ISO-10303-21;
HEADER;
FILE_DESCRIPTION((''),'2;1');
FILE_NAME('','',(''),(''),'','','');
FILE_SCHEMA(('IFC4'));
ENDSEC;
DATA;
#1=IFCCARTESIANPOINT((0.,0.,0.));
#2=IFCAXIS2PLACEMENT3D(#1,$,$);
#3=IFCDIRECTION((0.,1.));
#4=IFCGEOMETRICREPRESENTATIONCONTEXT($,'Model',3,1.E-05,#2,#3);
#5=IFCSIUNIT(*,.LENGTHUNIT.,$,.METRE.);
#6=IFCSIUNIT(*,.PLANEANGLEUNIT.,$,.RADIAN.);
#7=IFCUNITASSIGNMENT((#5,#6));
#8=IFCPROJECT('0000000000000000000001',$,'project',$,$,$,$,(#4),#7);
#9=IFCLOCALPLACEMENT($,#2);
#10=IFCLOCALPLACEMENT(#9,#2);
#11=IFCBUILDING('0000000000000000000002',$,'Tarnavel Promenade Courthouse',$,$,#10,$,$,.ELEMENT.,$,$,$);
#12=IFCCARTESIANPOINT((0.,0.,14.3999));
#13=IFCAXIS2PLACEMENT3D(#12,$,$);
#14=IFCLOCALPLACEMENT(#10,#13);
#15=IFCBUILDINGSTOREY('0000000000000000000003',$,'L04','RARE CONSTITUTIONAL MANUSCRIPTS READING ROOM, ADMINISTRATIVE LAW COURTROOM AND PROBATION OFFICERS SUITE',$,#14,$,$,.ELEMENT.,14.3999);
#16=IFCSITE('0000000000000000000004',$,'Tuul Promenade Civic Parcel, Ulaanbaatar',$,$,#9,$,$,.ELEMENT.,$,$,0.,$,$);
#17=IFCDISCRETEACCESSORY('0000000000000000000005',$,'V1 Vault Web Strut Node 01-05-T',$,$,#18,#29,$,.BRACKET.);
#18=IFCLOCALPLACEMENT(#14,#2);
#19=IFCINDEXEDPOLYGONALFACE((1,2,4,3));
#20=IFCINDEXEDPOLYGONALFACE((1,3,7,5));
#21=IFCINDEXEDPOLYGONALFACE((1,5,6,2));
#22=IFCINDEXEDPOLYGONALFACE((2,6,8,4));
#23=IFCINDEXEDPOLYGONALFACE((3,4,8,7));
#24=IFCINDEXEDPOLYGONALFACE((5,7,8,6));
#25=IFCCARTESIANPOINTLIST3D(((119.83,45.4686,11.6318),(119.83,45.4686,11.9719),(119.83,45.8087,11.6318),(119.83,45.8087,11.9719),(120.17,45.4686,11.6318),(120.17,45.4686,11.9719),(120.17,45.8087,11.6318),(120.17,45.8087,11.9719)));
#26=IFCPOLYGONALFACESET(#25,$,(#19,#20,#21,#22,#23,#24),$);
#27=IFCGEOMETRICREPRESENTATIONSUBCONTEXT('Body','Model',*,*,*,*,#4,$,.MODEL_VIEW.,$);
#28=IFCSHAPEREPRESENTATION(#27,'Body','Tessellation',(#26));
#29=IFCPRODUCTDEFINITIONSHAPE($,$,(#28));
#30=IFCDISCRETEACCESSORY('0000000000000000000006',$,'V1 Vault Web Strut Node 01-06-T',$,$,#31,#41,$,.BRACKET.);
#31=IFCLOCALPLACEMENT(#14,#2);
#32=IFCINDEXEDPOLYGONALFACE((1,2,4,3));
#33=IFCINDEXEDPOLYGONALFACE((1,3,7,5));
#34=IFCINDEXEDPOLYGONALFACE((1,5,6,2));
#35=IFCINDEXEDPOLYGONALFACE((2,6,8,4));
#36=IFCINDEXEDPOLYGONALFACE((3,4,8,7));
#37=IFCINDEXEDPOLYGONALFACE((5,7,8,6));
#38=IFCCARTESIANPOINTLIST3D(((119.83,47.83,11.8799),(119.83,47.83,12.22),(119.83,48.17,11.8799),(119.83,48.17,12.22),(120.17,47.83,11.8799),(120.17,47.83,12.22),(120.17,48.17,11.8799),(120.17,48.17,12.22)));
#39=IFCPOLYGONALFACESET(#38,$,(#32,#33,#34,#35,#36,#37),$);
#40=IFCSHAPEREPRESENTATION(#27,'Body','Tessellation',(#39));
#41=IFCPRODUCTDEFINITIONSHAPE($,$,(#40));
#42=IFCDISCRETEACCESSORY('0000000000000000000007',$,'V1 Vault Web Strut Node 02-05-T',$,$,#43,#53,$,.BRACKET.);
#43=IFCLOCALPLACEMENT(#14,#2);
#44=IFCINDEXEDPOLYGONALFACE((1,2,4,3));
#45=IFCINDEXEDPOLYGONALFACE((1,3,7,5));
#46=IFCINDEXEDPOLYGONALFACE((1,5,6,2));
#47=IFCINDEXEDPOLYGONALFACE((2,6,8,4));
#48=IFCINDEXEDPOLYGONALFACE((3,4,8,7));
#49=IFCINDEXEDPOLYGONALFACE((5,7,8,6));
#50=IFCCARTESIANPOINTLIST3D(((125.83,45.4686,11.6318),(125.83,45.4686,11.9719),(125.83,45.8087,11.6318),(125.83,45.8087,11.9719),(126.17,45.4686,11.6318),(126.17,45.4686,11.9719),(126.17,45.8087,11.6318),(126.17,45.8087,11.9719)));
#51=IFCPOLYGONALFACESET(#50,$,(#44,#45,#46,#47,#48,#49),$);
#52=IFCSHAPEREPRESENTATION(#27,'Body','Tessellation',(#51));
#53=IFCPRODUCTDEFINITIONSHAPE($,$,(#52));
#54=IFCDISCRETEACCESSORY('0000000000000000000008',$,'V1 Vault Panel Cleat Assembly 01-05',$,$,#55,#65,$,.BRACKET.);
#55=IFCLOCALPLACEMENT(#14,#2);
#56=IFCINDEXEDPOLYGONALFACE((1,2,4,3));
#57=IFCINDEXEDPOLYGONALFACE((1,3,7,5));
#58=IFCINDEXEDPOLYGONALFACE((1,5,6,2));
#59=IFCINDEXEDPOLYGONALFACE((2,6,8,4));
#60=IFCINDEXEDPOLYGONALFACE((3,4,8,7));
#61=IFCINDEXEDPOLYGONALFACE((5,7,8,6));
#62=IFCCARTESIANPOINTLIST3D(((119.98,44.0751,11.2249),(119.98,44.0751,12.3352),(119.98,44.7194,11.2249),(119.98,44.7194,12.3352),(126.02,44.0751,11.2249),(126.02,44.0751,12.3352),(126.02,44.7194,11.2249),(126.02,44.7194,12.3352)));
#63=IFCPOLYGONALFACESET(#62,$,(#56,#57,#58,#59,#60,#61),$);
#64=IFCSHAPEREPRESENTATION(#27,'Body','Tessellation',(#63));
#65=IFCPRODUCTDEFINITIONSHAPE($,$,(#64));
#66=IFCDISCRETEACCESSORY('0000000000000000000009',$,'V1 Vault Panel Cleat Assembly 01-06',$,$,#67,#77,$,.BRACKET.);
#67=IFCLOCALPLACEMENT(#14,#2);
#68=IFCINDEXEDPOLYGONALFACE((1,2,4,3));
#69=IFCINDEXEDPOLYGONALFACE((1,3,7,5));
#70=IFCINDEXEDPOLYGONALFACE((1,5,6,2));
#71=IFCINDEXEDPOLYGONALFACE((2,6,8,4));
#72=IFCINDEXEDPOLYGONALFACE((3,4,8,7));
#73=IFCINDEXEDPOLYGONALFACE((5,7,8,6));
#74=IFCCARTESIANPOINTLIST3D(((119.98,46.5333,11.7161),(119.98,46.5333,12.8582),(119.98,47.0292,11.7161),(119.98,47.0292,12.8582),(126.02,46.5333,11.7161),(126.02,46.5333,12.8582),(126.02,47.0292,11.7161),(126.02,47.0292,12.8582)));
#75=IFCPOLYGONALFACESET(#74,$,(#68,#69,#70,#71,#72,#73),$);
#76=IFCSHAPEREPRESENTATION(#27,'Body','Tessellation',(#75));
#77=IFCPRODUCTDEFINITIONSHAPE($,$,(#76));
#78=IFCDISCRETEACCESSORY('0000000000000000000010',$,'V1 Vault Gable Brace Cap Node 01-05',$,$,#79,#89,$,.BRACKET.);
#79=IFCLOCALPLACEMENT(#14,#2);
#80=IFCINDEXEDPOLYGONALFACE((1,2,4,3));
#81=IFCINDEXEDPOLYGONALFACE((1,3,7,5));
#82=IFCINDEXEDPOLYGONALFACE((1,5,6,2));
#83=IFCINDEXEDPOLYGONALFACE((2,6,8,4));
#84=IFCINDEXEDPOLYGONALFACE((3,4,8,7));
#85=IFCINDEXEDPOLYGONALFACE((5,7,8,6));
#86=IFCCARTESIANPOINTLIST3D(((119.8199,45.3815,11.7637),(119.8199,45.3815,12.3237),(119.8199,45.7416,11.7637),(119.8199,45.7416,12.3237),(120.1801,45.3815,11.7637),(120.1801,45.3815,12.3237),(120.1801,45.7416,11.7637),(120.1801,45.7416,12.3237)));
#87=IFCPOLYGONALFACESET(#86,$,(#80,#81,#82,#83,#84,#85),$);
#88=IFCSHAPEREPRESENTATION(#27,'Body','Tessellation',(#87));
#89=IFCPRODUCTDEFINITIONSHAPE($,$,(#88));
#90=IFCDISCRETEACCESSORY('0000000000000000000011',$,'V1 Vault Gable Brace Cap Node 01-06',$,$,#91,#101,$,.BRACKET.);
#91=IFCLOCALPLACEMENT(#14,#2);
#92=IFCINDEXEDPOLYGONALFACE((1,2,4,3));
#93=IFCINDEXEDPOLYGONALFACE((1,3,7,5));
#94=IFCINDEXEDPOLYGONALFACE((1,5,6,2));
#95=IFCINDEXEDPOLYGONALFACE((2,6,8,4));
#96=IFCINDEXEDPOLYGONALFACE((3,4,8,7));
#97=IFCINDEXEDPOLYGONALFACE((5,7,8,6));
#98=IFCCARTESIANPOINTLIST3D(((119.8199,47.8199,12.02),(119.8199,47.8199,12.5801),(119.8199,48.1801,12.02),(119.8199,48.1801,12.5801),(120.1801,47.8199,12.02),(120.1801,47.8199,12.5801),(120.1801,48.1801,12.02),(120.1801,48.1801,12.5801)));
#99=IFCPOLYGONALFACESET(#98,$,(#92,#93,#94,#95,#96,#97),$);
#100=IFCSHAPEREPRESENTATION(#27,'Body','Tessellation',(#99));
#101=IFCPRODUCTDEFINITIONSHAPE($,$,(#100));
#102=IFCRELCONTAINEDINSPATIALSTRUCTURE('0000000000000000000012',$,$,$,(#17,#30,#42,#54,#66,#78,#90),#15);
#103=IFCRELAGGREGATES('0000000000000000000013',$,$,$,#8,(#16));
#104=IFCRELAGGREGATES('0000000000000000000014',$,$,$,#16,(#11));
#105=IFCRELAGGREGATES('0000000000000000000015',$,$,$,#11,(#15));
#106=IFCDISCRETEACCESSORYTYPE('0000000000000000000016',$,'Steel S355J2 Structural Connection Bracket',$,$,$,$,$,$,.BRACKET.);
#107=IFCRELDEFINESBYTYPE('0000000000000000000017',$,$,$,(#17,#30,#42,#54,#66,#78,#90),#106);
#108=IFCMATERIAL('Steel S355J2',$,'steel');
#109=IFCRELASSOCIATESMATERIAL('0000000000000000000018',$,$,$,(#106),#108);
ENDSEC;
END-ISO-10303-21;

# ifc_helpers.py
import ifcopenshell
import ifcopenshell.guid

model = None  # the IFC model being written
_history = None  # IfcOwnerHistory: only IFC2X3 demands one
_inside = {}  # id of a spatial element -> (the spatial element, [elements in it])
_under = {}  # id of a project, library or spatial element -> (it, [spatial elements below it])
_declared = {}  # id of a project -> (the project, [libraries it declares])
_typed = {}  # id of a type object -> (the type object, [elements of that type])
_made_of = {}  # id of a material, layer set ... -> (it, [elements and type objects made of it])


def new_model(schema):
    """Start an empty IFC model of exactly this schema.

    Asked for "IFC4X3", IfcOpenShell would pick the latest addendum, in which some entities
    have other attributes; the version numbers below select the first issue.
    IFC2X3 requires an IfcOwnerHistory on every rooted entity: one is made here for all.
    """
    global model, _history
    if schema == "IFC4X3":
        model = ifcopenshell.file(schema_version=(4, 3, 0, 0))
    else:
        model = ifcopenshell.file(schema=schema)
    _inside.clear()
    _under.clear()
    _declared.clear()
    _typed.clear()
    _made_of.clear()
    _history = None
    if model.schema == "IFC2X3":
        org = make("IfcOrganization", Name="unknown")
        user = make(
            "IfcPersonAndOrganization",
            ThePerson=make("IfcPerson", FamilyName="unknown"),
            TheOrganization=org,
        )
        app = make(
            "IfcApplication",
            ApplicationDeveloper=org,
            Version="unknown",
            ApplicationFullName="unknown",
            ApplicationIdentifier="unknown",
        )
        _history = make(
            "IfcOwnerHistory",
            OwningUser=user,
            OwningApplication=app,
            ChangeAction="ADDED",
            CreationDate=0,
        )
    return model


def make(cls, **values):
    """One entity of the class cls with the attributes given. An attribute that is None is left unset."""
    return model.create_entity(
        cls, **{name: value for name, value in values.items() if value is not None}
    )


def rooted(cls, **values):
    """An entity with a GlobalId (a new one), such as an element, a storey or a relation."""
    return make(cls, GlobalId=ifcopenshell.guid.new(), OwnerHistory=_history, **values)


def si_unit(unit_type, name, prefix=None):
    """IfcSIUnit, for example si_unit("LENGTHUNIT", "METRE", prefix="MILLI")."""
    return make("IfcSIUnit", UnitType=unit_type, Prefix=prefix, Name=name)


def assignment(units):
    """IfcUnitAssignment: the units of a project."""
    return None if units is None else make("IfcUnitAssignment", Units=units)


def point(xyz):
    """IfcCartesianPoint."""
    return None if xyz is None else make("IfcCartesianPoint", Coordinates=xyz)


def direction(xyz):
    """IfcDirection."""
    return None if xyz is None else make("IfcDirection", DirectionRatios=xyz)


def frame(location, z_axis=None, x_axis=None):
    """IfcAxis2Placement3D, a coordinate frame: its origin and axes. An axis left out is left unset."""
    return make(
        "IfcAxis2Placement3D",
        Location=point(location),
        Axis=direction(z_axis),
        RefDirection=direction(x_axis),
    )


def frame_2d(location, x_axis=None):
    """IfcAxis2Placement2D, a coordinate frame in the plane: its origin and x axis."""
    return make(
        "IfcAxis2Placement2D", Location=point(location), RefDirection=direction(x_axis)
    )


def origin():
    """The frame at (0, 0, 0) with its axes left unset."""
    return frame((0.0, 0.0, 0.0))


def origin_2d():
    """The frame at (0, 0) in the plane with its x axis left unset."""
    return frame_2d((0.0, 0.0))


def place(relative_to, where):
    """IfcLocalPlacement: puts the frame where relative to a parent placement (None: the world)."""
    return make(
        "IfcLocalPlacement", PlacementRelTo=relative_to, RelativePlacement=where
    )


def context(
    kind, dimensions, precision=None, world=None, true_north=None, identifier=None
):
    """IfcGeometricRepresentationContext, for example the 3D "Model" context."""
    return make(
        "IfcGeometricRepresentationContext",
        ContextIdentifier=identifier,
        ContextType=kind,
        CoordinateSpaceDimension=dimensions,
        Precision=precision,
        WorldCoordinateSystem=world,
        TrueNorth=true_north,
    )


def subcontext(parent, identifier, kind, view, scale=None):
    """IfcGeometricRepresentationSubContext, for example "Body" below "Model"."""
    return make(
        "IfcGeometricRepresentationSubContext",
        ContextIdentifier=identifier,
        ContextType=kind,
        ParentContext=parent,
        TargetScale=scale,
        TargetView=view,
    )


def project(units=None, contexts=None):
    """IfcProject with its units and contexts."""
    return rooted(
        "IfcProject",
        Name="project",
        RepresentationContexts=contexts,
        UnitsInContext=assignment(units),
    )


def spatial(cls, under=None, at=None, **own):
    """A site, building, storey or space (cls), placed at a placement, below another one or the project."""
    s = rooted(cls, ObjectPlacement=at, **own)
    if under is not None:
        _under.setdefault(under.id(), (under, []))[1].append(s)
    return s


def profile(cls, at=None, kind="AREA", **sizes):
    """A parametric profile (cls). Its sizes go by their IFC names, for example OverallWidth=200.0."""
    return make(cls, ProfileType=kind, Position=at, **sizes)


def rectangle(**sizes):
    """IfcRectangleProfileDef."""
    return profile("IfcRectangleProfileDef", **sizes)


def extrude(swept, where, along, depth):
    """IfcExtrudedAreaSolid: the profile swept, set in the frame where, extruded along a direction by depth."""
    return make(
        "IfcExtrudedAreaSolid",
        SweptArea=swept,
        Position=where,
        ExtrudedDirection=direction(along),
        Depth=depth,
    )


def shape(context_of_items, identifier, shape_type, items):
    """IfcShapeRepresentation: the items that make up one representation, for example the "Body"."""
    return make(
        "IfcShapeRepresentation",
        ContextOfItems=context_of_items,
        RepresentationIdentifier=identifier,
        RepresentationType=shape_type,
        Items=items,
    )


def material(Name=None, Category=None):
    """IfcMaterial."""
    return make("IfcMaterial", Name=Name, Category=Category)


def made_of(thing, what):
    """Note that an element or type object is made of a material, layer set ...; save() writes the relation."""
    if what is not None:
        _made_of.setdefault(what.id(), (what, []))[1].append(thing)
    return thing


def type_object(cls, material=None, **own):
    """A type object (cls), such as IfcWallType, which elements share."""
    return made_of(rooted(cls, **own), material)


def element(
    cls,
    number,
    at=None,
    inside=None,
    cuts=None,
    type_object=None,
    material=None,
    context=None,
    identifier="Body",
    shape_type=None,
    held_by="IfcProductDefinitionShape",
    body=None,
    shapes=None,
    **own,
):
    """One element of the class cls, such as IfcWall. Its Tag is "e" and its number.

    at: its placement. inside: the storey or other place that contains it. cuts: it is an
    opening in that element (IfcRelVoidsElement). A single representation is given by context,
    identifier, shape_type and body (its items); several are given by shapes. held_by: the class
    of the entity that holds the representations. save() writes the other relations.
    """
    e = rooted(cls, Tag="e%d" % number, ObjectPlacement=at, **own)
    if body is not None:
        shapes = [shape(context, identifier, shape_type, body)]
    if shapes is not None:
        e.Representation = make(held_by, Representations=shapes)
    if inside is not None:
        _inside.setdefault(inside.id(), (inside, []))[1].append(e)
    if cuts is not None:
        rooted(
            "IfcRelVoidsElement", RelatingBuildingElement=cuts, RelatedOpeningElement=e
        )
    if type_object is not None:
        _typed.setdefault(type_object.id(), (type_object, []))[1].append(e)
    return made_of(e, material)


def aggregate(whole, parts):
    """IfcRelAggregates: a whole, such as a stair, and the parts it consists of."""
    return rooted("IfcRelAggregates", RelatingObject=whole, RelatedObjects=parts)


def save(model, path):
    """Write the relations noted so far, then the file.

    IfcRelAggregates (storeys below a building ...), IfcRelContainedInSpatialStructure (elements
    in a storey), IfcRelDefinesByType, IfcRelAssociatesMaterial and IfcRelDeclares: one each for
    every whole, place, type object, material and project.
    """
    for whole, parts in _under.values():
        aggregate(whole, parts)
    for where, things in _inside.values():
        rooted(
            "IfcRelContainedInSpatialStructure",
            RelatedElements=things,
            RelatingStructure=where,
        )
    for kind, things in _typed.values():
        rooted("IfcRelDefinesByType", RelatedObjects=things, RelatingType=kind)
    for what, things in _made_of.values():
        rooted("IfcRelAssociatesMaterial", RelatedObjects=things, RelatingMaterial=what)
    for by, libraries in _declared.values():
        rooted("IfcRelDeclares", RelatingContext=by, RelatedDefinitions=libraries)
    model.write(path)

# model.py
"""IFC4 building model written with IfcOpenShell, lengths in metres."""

from ifc_helpers import new_model, si_unit, direction, frame, origin, origin_2d, place, context, subcontext, project, spatial, rectangle, extrude, material, type_object, element, save


model = new_model("IFC4")

# Units and contexts
model_context = context("Model", 3, precision=1e-05, world=origin(), true_north=direction((0.0, 1.0)))
body_context = subcontext(model_context, "Body", "Model", "MODEL_VIEW")
ifc_project = project(units=[si_unit("LENGTHUNIT", "METRE"), si_unit("PLANEANGLEUNIT", "RADIAN")], contexts=[model_context])

# Site, building, storey
site_placement = place(None, origin())
site = spatial("IfcSite", under=ifc_project, at=site_placement, Name="Tuul Promenade Civic Parcel, Ulaanbaatar", CompositionType="ELEMENT", RefElevation=0.0)
building_placement = place(site_placement, origin())
building = spatial("IfcBuilding", under=site, at=building_placement, Name="Tarnavel Promenade Courthouse", CompositionType="ELEMENT")
storey_placement = place(building_placement, frame((0.0, 0.0, 14.3999)))
storey = spatial("IfcBuildingStorey", under=building, at=storey_placement, Name="L04", Description="RARE CONSTITUTIONAL MANUSCRIPTS READING ROOM, ADMINISTRATIVE LAW COURTROOM AND PROBATION OFFICERS SUITE", CompositionType="ELEMENT", Elevation=14.3999)

# Shared definitions
ifc_material_1 = material(Name="Steel S355J2", Category="steel")

# Discrete accessories
discrete_accessory_type = type_object("IfcDiscreteAccessoryType", Name="Steel S355J2 Structural Connection Bracket", PredefinedType="BRACKET", material=ifc_material_1)
for number, where, z_axis, x_axis, name in (
    (1, (120.0, 45.6387, 11.6318), (0.0, 0.0, 1.0), (1.0, 0.0, 0.0), "V1 Vault Web Strut Node 01-05-T"),
    (2, (120.0, 48.0, 11.8799), (0.0, 0.0, 1.0), (1.0, 0.0, 0.0), "V1 Vault Web Strut Node 01-06-T"),
    (3, (126.0, 45.6387, 11.6318), (0.0, 0.0, 1.0), (1.0, 0.0, 0.0), "V1 Vault Web Strut Node 02-05-T"),
):
    element("IfcDiscreteAccessory", number, at=place(storey_placement, frame(where, z_axis=z_axis, x_axis=x_axis)), inside=storey, type_object=discrete_accessory_type, Name=name, PredefinedType="BRACKET", context=body_context, shape_type="SweptSolid", body=[
        extrude(rectangle(XDim=0.3401, YDim=0.3401, at=origin_2d()), origin(), (0.0, 0.0, 1.0), 0.3401),
    ])
discrete_accessory_1_placement = place(storey_placement, frame((123.0, 44.3972, 11.2249), z_axis=(0.0, 0.0, 1.0), x_axis=(1.0, 0.0, 0.0)))
element("IfcDiscreteAccessory", 4, at=discrete_accessory_1_placement, inside=storey, type_object=discrete_accessory_type, Name="V1 Vault Panel Cleat Assembly 01-05", PredefinedType="BRACKET", context=body_context, shape_type="SweptSolid", body=[
    extrude(rectangle(XDim=6.04, YDim=0.6443, at=origin_2d()), origin(), (0.0, 0.0, 1.0), 1.1104),
])
discrete_accessory_2_placement = place(storey_placement, frame((123.0, 46.7812, 11.7161), z_axis=(0.0, 0.0, 1.0), x_axis=(1.0, 0.0, 0.0)))
element("IfcDiscreteAccessory", 5, at=discrete_accessory_2_placement, inside=storey, type_object=discrete_accessory_type, Name="V1 Vault Panel Cleat Assembly 01-06", PredefinedType="BRACKET", context=body_context, shape_type="SweptSolid", body=[
    extrude(rectangle(XDim=6.04, YDim=0.4958, at=origin_2d()), origin(), (0.0, 0.0, 1.0), 1.1421),
])
for number, where, z_axis, x_axis, name in (
    (6, (120.0, 45.5615, 11.7637), (0.0, 0.0, 1.0), (1.0, 0.0, 0.0), "V1 Vault Gable Brace Cap Node 01-05"),
    (7, (120.0, 48.0, 12.02), (0.0, 0.0, 1.0), (1.0, 0.0, 0.0), "V1 Vault Gable Brace Cap Node 01-06"),
):
    element("IfcDiscreteAccessory", number, at=place(storey_placement, frame(where, z_axis=z_axis, x_axis=x_axis)), inside=storey, type_object=discrete_accessory_type, Name=name, PredefinedType="BRACKET", context=body_context, shape_type="SweptSolid", body=[
        extrude(rectangle(XDim=0.3601, YDim=0.3601, at=origin_2d()), origin(), (0.0, 0.0, 1.0), 0.5601),
    ])

save(model, "model.ifc")
